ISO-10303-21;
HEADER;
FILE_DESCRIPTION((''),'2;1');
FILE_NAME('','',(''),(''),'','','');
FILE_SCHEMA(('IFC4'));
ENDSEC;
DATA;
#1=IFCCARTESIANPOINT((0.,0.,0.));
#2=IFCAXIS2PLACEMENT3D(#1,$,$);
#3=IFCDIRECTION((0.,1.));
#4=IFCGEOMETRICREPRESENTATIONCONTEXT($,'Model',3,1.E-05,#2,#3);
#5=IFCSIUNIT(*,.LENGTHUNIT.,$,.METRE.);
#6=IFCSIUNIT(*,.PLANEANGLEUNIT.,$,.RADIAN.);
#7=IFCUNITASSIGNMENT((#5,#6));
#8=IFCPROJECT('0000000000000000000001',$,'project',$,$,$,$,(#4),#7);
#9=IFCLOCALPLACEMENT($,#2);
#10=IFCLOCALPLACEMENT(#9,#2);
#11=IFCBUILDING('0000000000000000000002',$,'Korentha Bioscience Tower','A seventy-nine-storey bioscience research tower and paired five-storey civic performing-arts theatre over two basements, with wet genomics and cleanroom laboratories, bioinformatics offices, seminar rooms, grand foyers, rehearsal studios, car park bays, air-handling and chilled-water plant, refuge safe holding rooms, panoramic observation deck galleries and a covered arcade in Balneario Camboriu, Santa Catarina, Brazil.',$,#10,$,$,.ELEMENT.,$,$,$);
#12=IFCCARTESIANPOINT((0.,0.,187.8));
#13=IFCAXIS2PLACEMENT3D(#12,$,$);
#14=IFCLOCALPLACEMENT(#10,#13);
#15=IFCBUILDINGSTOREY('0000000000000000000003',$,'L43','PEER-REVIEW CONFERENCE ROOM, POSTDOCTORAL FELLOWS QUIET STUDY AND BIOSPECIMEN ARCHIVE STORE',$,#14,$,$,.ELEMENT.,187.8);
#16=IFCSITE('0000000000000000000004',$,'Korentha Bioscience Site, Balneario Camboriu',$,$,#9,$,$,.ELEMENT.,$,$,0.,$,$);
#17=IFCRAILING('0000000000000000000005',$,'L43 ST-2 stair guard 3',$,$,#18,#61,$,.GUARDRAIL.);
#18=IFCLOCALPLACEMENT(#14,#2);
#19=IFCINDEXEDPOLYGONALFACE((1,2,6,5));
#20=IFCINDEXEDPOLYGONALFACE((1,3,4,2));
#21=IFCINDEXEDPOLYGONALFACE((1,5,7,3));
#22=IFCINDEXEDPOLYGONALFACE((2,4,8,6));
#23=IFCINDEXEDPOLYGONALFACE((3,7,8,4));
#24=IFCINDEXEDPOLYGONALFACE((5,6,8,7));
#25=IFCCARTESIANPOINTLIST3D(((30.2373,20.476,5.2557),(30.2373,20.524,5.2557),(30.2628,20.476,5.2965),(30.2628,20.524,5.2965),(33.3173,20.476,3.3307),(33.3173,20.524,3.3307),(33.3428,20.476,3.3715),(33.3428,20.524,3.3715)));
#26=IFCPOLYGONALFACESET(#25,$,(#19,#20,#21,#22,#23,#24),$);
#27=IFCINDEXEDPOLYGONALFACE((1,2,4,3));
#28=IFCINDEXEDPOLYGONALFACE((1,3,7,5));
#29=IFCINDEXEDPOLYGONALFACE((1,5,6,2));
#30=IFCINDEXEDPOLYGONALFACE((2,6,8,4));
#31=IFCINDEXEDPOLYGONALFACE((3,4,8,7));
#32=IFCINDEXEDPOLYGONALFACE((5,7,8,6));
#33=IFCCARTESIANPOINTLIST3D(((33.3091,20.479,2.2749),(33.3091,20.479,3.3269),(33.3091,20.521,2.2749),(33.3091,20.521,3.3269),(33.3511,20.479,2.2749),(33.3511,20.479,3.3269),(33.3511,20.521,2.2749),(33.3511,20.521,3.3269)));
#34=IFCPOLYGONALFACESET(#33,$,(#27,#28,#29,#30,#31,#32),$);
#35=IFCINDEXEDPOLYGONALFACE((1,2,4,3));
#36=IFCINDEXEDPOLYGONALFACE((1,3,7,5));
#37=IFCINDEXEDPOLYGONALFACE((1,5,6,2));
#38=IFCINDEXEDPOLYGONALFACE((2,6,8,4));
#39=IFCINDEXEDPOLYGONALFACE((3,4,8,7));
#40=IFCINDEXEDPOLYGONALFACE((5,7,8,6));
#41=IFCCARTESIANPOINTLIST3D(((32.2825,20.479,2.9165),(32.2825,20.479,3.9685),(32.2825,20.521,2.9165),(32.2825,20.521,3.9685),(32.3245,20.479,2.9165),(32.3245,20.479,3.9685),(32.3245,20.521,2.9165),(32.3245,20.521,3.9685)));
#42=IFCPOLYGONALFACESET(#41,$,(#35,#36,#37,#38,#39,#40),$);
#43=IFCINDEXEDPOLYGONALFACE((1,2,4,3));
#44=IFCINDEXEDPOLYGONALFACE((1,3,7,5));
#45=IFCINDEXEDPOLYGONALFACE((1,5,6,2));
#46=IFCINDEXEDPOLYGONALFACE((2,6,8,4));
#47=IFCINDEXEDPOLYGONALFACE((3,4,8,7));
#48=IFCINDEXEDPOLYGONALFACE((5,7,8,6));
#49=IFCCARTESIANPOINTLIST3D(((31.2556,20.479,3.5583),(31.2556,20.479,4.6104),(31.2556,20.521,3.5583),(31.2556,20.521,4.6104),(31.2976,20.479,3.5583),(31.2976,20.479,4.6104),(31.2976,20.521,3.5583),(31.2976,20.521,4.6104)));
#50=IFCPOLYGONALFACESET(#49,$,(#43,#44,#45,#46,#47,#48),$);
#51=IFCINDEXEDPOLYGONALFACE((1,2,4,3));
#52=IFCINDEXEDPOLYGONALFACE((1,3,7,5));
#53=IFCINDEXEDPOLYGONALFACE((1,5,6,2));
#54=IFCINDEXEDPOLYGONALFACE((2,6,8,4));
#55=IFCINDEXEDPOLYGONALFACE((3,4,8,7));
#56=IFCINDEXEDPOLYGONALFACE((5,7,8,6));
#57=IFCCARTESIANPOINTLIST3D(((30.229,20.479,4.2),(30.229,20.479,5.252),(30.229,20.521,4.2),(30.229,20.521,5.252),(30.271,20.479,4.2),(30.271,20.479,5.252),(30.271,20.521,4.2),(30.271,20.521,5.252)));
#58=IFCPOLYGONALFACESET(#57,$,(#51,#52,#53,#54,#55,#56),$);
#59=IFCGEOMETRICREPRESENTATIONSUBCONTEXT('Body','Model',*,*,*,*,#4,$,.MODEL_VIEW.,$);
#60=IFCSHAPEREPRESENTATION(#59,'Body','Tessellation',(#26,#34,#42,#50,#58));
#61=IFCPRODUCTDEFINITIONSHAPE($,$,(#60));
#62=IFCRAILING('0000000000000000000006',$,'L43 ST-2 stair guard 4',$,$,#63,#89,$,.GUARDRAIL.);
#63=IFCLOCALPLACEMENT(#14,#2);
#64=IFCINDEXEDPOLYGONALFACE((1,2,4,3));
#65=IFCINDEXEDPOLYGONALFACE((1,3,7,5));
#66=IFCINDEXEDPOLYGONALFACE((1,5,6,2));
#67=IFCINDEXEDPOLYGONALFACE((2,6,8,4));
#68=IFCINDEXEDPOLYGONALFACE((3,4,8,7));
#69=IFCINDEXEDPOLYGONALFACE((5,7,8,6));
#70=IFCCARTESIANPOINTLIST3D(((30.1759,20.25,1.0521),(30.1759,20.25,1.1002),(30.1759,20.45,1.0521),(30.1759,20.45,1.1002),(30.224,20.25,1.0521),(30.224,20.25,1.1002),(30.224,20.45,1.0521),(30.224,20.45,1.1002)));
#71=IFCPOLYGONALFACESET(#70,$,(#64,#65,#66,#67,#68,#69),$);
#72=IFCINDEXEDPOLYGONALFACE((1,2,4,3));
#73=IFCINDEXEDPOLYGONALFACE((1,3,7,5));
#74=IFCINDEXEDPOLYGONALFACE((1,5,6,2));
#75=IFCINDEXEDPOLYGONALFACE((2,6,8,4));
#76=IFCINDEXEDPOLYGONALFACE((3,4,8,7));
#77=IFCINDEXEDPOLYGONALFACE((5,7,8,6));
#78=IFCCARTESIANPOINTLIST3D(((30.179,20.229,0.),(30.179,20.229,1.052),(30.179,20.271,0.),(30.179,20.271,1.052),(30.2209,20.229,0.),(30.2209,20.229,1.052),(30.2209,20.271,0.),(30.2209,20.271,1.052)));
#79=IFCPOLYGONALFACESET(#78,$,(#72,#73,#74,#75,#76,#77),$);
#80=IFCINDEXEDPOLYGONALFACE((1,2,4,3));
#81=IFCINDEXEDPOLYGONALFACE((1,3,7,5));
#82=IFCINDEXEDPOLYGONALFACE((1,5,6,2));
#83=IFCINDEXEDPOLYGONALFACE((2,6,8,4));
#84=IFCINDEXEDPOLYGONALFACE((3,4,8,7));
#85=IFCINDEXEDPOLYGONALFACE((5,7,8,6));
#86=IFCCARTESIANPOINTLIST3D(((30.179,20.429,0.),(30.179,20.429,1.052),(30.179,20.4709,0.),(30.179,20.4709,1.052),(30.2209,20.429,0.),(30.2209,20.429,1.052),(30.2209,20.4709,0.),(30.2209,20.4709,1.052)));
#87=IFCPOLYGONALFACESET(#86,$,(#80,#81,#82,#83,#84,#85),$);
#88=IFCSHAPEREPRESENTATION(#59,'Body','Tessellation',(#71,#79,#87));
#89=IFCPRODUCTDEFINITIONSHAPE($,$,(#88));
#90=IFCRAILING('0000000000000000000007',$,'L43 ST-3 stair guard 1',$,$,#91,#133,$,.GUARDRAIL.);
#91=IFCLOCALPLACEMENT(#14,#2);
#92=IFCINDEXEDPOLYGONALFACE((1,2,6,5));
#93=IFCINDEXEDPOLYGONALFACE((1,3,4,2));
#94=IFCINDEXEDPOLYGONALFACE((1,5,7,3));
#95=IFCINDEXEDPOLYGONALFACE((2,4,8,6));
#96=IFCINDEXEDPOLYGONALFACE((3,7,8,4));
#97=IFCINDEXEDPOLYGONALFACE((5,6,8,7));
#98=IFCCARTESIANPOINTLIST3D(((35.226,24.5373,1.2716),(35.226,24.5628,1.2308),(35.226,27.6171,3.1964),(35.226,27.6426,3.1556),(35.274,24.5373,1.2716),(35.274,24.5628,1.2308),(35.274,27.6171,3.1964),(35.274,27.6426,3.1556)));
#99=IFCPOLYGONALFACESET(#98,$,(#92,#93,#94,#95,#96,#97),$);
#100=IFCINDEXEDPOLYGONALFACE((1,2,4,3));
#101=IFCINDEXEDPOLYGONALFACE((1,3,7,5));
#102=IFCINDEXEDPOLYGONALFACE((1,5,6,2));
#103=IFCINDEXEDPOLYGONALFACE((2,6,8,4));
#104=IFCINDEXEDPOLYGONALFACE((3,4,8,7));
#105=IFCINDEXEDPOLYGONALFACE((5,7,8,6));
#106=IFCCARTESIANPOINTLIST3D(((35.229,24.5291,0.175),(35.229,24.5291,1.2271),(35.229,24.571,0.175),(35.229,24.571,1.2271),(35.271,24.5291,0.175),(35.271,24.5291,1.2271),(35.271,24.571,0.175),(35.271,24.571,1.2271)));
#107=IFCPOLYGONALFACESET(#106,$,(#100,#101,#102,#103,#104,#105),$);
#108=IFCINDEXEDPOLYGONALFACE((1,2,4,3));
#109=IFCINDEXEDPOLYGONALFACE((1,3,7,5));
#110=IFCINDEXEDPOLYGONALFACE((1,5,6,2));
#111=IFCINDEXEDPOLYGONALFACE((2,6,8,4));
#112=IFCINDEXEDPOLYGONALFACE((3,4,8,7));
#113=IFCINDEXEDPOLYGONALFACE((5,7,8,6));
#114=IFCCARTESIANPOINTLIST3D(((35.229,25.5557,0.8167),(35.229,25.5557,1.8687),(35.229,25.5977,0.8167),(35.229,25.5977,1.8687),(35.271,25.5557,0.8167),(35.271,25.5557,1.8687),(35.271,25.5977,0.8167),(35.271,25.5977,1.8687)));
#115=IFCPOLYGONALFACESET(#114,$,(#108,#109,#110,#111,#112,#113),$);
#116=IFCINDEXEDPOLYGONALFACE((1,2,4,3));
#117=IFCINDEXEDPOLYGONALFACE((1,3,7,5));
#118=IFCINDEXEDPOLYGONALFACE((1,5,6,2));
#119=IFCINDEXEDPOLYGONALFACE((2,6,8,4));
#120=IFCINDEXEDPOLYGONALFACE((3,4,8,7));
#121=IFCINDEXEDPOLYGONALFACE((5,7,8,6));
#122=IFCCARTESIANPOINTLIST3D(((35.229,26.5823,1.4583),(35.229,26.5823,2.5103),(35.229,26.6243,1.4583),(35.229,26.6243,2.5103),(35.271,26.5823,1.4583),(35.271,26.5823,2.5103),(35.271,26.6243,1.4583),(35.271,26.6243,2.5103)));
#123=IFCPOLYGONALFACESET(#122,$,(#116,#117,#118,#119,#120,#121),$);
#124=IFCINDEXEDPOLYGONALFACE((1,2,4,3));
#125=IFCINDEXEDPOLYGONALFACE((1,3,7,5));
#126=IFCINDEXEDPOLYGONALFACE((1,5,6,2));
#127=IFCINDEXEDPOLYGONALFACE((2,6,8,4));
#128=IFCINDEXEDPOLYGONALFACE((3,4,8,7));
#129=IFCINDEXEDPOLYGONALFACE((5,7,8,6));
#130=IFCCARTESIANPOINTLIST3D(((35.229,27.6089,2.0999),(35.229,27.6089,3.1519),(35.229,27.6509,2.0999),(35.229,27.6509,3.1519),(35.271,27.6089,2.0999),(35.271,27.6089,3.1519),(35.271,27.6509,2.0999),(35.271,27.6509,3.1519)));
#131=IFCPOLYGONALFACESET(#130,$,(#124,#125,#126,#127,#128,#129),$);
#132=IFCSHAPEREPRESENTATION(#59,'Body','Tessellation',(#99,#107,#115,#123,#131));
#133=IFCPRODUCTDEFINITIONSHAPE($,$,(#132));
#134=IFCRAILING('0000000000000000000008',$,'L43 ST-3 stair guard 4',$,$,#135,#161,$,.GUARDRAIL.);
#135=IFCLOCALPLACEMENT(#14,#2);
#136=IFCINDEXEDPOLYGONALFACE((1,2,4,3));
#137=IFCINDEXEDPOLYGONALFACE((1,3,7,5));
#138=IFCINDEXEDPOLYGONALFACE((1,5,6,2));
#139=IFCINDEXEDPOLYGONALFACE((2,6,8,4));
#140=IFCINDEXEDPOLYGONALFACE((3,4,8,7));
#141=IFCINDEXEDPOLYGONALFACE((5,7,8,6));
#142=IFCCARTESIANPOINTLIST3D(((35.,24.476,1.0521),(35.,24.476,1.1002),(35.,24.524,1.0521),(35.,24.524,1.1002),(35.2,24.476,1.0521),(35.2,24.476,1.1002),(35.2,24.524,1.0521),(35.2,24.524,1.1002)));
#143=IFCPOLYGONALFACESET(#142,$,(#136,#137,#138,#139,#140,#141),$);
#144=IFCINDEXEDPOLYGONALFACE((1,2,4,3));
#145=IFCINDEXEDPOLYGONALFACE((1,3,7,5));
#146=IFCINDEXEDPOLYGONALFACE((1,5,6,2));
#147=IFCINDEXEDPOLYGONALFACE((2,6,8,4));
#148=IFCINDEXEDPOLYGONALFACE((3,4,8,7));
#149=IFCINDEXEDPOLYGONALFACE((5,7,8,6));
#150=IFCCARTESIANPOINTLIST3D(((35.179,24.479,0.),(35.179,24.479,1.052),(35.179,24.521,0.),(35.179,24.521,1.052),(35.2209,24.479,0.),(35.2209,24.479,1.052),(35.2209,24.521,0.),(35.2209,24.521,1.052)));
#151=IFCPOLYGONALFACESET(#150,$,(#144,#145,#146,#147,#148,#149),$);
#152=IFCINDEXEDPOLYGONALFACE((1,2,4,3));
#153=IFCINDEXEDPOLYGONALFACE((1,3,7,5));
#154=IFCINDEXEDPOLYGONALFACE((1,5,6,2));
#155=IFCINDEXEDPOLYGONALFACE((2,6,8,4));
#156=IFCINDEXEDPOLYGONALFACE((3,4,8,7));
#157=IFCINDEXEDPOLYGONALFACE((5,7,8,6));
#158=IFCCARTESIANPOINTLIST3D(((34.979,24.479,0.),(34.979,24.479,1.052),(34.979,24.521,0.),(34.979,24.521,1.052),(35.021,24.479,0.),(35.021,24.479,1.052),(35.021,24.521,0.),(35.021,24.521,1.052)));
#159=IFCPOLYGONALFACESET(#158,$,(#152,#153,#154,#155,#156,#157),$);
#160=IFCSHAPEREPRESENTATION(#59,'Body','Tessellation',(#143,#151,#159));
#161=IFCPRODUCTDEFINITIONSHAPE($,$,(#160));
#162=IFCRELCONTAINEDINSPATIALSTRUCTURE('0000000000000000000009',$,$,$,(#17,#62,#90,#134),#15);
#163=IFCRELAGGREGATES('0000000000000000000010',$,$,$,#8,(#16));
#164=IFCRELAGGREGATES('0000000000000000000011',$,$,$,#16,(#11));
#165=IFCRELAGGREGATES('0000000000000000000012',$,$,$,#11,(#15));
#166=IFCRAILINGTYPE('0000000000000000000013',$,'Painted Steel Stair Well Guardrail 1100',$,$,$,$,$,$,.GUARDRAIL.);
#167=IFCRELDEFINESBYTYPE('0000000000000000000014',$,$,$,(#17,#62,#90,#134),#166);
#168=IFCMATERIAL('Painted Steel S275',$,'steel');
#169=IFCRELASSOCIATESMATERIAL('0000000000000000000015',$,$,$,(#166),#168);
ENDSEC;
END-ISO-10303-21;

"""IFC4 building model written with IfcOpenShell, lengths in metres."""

from ifc_helpers import new_model, si_unit, direction, frame, origin, origin_2d, place, context, subcontext, project, spatial, rectangle, extrude, material, type_object, element, save


model = new_model("IFC4")

# Units and contexts
model_context = context("Model", 3, precision=1e-05, world=origin(), true_north=direction((0.0, 1.0)))
body_context = subcontext(model_context, "Body", "Model", "MODEL_VIEW")
ifc_project = project(units=[si_unit("LENGTHUNIT", "METRE"), si_unit("PLANEANGLEUNIT", "RADIAN")], contexts=[model_context])

# Site, building, storey
site_placement = place(None, origin())
site = spatial("IfcSite", under=ifc_project, at=site_placement, Name="Korentha Bioscience Site, Balneario Camboriu", CompositionType="ELEMENT", RefElevation=0.0)
building_placement = place(site_placement, origin())
building = spatial("IfcBuilding", under=site, at=building_placement, Name="Korentha Bioscience Tower", Description="A seventy-nine-storey bioscience research tower and paired five-storey civic performing-arts theatre over two basements, with wet genomics and cleanroom laboratories, bioinformatics offices, seminar rooms, grand foyers, rehearsal studios, car park bays, air-handling and chilled-water plant, refuge safe holding rooms, panoramic observation deck galleries and a covered arcade in Balneario Camboriu, Santa Catarina, Brazil.", CompositionType="ELEMENT")
storey_placement = place(building_placement, frame((0.0, 0.0, 187.8)))
storey = spatial("IfcBuildingStorey", under=building, at=storey_placement, Name="L43", Description="PEER-REVIEW CONFERENCE ROOM, POSTDOCTORAL FELLOWS QUIET STUDY AND BIOSPECIMEN ARCHIVE STORE", CompositionType="ELEMENT", Elevation=187.8)

# Railings
ifc_material_1 = material(Name="Painted Steel S275", Category="steel")
railing_type_1 = type_object("IfcRailingType", Name="Painted Steel Stair Well Guardrail 1100", PredefinedType="GUARDRAIL", material=ifc_material_1)
railing_1_placement = place(storey_placement, frame((33.3301, 20.5, 2.2749)))
element("IfcRailing", 1, at=railing_1_placement, inside=storey, type_object=railing_type_1, Name="L43 ST-2 stair guard 3", PredefinedType="GUARDRAIL", context=body_context, shape_type="SweptSolid", body=[
    extrude(rectangle(XDim=0.0481, YDim=0.0481, at=origin_2d()), frame((0.0, 0.0, 1.0762), z_axis=(-0.847998, 0.0, 0.529999), x_axis=(0.0, -1.0, 0.0)), (0.0, 0.0, 1.0), 3.6321),
    extrude(rectangle(XDim=0.042, YDim=0.042, at=origin_2d()), origin(), (0.0, 0.0, 1.0), 1.052),
    extrude(rectangle(XDim=0.042, YDim=0.042, at=origin_2d()), frame((-1.0266, 0.0, 0.6416)), (0.0, 0.0, 1.0), 1.052),
    extrude(rectangle(XDim=0.042, YDim=0.042, at=origin_2d()), frame((-2.0535, 0.0, 1.2834)), (0.0, 0.0, 1.0), 1.052),
    extrude(rectangle(XDim=0.042, YDim=0.042, at=origin_2d()), frame((-3.0801, 0.0, 1.925)), (0.0, 0.0, 1.0), 1.052),
])
railing_2_placement = place(storey_placement, frame((30.2, 20.25, 0.0)))
element("IfcRailing", 2, at=railing_2_placement, inside=storey, type_object=railing_type_1, Name="L43 ST-2 stair guard 4", PredefinedType="GUARDRAIL", context=body_context, shape_type="SweptSolid", body=[
    extrude(rectangle(XDim=0.0481, YDim=0.0481, at=origin_2d()), frame((0.0, 0.0, 1.0762), z_axis=(0.0, 1.0, 0.0), x_axis=(-1.0, 0.0, 0.0)), (0.0, 0.0, 1.0), 0.2),
    extrude(rectangle(XDim=0.042, YDim=0.042, at=origin_2d()), origin(), (0.0, 0.0, 1.0), 1.052),
    extrude(rectangle(XDim=0.042, YDim=0.042, at=origin_2d()), frame((0.0, 0.2, 0.0)), (0.0, 0.0, 1.0), 1.052),
])
railing_3_placement = place(storey_placement, frame((35.25, 24.55, 0.175)))
element("IfcRailing", 3, at=railing_3_placement, inside=storey, type_object=railing_type_1, Name="L43 ST-3 stair guard 1", PredefinedType="GUARDRAIL", context=body_context, shape_type="SweptSolid", body=[
    extrude(rectangle(XDim=0.0481, YDim=0.0481, at=origin_2d()), frame((0.0, 0.0, 1.0762), z_axis=(0.0, 0.84801, 0.529981), x_axis=(-1.0, 0.0, 0.0)), (0.0, 0.0, 1.0), 3.6318),
    extrude(rectangle(XDim=0.042, YDim=0.042, at=origin_2d()), origin(), (0.0, 0.0, 1.0), 1.052),
    extrude(rectangle(XDim=0.042, YDim=0.042, at=origin_2d()), frame((0.0, 1.0266, 0.6416)), (0.0, 0.0, 1.0), 1.052),
    extrude(rectangle(XDim=0.042, YDim=0.042, at=origin_2d()), frame((0.0, 2.0532, 1.2832)), (0.0, 0.0, 1.0), 1.052),
    extrude(rectangle(XDim=0.042, YDim=0.042, at=origin_2d()), frame((0.0, 3.0798, 1.9248)), (0.0, 0.0, 1.0), 1.052),
])
railing_4_placement = place(storey_placement, frame((35.2, 24.5, 0.0)))
element("IfcRailing", 4, at=railing_4_placement, inside=storey, type_object=railing_type_1, Name="L43 ST-3 stair guard 4", PredefinedType="GUARDRAIL", context=body_context, shape_type="SweptSolid", body=[
    extrude(rectangle(XDim=0.0481, YDim=0.0481, at=origin_2d()), frame((0.0, 0.0, 1.0762), z_axis=(-1.0, 0.0, 0.0), x_axis=(0.0, -1.0, 0.0)), (0.0, 0.0, 1.0), 0.2),
    extrude(rectangle(XDim=0.042, YDim=0.042, at=origin_2d()), origin(), (0.0, 0.0, 1.0), 1.052),
    extrude(rectangle(XDim=0.042, YDim=0.042, at=origin_2d()), frame((-0.2, 0.0, 0.0)), (0.0, 0.0, 1.0), 1.052),
])

save(model, "model.ifc")
